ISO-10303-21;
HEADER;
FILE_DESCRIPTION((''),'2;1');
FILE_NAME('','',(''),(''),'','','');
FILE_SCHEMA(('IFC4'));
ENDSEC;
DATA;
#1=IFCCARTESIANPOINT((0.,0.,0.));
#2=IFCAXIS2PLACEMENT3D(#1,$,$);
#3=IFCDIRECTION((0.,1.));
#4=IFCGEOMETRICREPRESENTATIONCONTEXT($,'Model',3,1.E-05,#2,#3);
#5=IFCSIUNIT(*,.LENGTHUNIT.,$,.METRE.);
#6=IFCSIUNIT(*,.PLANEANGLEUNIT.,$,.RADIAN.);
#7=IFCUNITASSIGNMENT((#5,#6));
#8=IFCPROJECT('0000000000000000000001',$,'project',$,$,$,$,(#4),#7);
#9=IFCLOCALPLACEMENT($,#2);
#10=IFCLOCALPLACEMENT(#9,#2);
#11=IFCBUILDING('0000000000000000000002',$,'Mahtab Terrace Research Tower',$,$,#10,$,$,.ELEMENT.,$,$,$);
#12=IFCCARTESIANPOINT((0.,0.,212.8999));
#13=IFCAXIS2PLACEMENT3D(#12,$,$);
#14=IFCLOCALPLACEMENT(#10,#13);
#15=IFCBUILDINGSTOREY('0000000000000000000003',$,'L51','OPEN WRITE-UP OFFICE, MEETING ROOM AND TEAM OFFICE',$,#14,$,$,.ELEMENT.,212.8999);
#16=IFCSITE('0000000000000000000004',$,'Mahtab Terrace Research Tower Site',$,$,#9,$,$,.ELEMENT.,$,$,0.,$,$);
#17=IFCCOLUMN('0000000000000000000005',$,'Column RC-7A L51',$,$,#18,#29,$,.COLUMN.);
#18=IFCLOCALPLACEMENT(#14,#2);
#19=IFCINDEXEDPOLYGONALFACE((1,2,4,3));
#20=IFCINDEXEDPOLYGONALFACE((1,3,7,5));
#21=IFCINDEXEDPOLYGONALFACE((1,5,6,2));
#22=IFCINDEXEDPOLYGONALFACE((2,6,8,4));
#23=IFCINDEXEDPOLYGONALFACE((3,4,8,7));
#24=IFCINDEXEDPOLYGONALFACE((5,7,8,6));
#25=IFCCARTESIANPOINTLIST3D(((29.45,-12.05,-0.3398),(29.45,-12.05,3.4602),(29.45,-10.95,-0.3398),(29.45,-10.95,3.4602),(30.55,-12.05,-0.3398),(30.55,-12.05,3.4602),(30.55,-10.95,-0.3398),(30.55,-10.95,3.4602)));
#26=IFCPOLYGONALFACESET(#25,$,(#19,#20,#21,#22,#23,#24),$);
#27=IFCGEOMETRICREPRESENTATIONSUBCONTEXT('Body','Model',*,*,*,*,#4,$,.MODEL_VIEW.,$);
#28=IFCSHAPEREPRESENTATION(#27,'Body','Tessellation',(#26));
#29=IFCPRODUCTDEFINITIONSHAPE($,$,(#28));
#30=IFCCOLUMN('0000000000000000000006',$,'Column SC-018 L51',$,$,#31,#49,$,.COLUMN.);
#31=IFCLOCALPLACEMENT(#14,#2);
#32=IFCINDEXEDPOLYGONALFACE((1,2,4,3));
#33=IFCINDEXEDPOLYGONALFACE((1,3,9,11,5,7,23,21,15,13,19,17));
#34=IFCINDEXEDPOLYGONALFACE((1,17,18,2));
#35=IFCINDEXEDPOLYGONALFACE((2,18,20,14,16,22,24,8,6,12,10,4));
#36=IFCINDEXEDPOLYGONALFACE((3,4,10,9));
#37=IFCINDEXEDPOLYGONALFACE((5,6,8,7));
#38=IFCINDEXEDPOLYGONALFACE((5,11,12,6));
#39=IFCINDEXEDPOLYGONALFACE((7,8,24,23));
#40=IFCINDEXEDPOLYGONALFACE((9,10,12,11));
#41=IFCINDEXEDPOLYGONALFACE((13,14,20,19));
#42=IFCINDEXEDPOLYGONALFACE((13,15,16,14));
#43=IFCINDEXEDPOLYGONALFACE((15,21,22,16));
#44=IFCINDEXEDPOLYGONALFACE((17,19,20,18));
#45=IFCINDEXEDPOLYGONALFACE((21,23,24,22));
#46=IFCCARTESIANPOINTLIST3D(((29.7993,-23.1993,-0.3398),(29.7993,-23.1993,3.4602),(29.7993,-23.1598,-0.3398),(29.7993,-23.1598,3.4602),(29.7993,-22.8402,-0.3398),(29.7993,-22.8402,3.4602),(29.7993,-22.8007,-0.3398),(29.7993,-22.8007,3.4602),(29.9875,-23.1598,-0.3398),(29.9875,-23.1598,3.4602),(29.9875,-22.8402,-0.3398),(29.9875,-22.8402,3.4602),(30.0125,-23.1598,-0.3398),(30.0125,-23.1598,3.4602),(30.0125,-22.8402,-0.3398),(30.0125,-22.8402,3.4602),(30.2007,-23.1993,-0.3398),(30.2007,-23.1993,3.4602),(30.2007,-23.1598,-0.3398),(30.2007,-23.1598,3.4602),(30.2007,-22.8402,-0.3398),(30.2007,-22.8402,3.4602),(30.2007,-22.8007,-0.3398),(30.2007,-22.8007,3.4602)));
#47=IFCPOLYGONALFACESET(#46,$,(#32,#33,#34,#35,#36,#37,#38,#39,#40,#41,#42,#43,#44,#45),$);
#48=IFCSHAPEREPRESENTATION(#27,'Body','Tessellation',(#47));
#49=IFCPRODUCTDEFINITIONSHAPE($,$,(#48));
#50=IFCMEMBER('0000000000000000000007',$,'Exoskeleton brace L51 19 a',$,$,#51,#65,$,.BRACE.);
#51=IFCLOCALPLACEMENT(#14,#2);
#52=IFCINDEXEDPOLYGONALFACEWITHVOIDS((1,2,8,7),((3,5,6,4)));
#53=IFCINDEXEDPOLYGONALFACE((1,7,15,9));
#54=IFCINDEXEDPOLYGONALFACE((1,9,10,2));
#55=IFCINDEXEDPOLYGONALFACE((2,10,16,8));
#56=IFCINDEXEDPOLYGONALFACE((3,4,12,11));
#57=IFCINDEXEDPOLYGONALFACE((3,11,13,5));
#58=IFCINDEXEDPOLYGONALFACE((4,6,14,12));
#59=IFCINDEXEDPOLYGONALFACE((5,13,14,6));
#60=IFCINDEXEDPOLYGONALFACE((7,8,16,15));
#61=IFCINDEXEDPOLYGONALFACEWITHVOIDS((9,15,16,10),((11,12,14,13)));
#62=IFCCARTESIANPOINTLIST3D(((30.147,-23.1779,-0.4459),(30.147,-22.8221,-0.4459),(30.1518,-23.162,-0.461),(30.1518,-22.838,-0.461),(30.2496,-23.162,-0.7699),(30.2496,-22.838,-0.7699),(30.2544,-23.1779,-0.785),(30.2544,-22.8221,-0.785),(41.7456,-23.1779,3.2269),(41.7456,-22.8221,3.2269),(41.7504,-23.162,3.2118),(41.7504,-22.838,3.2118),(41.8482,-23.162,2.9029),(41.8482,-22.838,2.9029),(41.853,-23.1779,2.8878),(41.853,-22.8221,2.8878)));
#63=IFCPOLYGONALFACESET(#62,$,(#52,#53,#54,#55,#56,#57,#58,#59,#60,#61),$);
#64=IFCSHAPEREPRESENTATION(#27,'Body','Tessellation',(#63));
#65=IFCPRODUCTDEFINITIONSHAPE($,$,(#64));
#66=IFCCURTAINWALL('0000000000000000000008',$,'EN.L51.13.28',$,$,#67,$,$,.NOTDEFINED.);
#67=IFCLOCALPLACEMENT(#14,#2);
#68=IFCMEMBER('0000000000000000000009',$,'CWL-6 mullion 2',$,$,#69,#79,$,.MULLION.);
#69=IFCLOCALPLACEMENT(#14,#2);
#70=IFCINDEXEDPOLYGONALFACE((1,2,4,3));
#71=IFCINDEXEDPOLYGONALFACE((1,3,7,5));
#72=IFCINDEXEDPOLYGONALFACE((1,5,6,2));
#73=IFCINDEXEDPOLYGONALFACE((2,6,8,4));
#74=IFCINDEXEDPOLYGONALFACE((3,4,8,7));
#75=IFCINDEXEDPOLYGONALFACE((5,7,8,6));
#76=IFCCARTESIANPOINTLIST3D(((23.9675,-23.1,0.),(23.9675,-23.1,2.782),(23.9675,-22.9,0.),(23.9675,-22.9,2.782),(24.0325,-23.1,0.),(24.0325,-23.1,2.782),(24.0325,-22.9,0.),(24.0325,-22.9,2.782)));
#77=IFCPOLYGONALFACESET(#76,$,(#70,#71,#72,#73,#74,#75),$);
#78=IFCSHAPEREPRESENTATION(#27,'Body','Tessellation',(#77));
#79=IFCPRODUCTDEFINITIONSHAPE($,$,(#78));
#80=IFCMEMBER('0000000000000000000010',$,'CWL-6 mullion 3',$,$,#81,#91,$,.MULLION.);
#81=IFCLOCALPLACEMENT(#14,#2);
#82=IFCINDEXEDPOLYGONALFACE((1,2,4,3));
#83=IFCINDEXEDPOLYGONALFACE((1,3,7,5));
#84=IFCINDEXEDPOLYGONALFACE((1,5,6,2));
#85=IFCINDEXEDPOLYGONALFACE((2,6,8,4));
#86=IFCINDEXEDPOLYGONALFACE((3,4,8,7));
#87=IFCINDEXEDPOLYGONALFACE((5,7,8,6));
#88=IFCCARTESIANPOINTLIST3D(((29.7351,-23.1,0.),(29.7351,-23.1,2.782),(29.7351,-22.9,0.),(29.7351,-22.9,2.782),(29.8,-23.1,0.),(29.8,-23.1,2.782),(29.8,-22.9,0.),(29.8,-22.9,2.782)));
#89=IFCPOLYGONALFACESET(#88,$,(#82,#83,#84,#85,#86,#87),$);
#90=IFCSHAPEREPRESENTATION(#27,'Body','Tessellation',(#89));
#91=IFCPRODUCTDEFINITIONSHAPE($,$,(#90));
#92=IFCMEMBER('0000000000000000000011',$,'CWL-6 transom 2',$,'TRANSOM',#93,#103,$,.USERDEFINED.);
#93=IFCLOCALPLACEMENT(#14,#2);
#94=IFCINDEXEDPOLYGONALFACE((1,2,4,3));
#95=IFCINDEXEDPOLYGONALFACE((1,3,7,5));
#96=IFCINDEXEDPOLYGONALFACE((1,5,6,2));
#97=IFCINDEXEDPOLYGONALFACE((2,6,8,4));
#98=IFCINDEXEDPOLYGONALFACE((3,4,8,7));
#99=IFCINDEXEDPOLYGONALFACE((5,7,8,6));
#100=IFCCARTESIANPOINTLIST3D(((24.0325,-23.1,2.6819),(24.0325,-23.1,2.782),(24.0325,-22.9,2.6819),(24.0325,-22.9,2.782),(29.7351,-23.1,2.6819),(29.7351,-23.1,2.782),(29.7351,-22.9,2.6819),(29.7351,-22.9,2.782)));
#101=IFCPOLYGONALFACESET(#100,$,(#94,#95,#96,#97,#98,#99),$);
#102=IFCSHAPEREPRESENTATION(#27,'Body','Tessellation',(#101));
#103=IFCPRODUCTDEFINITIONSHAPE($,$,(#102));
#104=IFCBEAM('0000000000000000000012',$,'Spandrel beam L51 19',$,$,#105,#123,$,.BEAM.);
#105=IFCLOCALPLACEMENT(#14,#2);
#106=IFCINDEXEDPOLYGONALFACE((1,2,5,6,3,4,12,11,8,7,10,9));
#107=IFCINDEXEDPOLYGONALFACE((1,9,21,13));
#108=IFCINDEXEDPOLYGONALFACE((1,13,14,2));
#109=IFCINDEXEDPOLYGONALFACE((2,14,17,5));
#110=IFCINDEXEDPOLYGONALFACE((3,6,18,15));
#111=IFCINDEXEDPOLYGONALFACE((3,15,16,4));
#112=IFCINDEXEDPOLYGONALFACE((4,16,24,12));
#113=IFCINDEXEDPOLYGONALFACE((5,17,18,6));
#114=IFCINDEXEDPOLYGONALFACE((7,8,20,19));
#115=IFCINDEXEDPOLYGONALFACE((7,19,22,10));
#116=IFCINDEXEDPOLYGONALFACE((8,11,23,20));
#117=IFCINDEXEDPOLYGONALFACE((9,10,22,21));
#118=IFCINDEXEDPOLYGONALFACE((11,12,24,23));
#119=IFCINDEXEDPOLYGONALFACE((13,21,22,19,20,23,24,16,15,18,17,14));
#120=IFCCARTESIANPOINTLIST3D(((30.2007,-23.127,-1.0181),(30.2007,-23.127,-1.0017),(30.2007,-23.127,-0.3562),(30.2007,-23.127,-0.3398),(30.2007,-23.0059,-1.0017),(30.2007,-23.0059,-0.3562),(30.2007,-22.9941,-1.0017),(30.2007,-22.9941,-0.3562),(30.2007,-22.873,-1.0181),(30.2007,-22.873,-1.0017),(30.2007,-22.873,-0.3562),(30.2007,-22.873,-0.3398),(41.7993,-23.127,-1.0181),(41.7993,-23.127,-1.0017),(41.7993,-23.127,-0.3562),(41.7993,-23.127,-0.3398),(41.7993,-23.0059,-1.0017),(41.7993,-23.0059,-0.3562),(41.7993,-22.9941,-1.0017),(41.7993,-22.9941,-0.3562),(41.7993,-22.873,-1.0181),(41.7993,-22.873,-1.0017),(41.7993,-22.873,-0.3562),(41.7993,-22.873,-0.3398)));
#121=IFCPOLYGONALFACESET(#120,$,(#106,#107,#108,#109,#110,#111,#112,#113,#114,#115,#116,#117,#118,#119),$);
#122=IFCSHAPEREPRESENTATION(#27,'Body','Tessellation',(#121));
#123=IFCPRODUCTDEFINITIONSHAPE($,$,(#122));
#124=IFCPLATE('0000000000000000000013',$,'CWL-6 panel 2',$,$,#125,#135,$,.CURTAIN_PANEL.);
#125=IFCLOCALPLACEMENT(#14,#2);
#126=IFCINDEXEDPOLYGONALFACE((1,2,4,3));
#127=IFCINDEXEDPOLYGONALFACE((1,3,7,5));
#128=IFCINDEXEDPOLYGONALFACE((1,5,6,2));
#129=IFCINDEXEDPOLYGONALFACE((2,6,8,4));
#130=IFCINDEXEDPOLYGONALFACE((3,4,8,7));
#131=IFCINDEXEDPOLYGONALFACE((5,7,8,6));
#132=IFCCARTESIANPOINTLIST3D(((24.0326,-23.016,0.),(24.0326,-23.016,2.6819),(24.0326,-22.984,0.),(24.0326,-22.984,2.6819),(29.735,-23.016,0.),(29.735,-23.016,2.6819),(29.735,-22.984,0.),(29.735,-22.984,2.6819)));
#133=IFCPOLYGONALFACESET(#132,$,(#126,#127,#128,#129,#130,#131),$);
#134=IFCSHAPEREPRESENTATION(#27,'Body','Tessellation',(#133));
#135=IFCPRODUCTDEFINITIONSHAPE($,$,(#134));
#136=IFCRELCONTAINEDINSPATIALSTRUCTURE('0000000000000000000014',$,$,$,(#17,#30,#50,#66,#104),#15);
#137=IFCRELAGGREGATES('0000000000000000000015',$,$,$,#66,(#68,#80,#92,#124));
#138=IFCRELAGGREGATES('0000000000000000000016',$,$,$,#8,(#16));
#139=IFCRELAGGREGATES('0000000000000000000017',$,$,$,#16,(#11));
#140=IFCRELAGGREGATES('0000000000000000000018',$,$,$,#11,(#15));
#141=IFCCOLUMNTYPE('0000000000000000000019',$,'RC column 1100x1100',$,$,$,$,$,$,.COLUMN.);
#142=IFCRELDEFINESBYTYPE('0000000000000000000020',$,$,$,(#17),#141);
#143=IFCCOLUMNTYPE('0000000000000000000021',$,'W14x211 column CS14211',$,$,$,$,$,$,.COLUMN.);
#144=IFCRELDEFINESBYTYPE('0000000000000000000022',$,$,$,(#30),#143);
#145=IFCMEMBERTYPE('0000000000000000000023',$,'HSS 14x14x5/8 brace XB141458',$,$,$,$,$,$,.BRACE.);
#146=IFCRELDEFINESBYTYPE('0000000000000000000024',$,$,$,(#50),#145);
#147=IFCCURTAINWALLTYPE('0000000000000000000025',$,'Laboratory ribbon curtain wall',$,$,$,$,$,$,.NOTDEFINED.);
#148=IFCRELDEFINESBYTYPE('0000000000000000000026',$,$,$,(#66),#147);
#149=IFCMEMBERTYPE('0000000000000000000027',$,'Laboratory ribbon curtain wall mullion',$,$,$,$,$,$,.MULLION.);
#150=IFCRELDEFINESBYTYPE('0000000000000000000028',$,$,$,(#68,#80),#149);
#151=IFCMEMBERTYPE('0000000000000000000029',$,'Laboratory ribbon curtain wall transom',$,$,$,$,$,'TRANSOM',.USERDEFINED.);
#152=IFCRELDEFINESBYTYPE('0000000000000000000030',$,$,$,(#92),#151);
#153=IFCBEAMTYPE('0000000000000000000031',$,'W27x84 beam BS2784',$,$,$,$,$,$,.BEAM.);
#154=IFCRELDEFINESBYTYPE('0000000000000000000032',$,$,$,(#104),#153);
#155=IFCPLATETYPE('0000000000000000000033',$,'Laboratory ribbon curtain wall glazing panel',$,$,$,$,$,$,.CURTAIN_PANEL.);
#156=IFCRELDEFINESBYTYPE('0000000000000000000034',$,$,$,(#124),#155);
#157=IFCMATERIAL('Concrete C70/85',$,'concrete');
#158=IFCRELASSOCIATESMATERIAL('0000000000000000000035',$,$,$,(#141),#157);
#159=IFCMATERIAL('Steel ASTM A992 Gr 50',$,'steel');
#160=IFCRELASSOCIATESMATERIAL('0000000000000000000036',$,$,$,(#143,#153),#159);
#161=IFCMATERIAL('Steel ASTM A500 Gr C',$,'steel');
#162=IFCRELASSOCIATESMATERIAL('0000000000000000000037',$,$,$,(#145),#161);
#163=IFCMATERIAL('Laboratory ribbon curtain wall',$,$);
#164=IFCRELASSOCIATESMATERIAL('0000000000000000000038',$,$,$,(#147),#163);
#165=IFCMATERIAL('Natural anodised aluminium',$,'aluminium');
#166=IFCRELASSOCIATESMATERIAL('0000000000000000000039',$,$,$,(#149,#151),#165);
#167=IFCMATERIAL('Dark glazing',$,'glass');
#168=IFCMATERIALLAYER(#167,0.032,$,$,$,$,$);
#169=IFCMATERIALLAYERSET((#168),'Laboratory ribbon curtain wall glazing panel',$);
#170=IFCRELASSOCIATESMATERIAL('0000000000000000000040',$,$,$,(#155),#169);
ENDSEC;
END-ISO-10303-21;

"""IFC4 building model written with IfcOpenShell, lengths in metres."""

from ifc_helpers import new_model, si_unit, direction, frame, origin, origin_2d, place, context, subcontext, project, spatial, rectangle, hollow_rectangle, i_section, extrude, material, layer, layer_set, material_profile, profile_set, type_object, element, aggregate, save


model = new_model("IFC4")

# Units and contexts
model_context = context("Model", 3, precision=1e-05, world=origin(), true_north=direction((0.0, 1.0)))
body_context = subcontext(model_context, "Body", "Model", "MODEL_VIEW")
ifc_project = project(units=[si_unit("LENGTHUNIT", "METRE"), si_unit("PLANEANGLEUNIT", "RADIAN")], contexts=[model_context])

# Site, building, storey
site_placement = place(None, origin())
site = spatial("IfcSite", under=ifc_project, at=site_placement, Name="Mahtab Terrace Research Tower Site", CompositionType="ELEMENT", RefElevation=0.0)
building_placement = place(site_placement, origin())
building = spatial("IfcBuilding", under=site, at=building_placement, Name="Mahtab Terrace Research Tower", CompositionType="ELEMENT")
storey_placement = place(building_placement, frame((0.0, 0.0, 212.8999)))
storey = spatial("IfcBuildingStorey", under=building, at=storey_placement, Name="L51", Description="OPEN WRITE-UP OFFICE, MEETING ROOM AND TEAM OFFICE", CompositionType="ELEMENT", Elevation=212.8999)

# Columns
ifc_material_1 = material(Name="Concrete C70/85", Category="concrete")
ifc_material_profile_1 = material_profile(ifc_material_1, rectangle(XDim=1.1001, YDim=1.1001, at=origin_2d()), Name="RC column 1100x1100")
ifc_profile_set_1 = profile_set([ifc_material_profile_1], Name="Concrete C70/85")
column_type_1 = type_object("IfcColumnType", Name="RC column 1100x1100", PredefinedType="COLUMN", material=ifc_profile_set_1)
column_1_placement = place(storey_placement, frame((30.0, -11.5, -0.3398), z_axis=(0.0, 0.0, 1.0), x_axis=(1.0, 0.0, 0.0)))
element("IfcColumn", 1, at=column_1_placement, inside=storey, type_object=column_type_1, Name="Column RC-7A L51", PredefinedType="COLUMN", context=body_context, shape_type="SweptSolid", body=[
    extrude(rectangle(XDim=1.1001, YDim=1.1001, at=origin_2d()), origin(), (0.0, 0.0, 1.0), 3.8),
])
ifc_material_2 = material(Name="Steel ASTM A992 Gr 50", Category="steel")
ifc_material_profile_2 = material_profile(ifc_material_2, i_section(OverallWidth=0.4014, OverallDepth=0.3987, WebThickness=0.0249, FlangeThickness=0.0396, at=origin_2d()), Name="W14X211")
ifc_profile_set_2 = profile_set([ifc_material_profile_2], Name="Steel ASTM A992 Gr 50")
column_type_2 = type_object("IfcColumnType", Name="W14x211 column CS14211", PredefinedType="COLUMN", material=ifc_profile_set_2)
column_2_placement = place(storey_placement, frame((30.0, -23.0, -0.3398), z_axis=(0.0, 0.0, 1.0), x_axis=(1.0, 0.0, 0.0)))
element("IfcColumn", 2, at=column_2_placement, inside=storey, type_object=column_type_2, Name="Column SC-018 L51", PredefinedType="COLUMN", context=body_context, shape_type="SweptSolid", body=[
    extrude(i_section(OverallWidth=0.4014, OverallDepth=0.3987, WebThickness=0.0249, FlangeThickness=0.0396, at=origin_2d()), origin(), (0.0, 0.0, 1.0), 3.8),
])

# Member
ifc_material_3 = material(Name="Steel ASTM A500 Gr C", Category="steel")
ifc_material_profile_3 = material_profile(ifc_material_3, hollow_rectangle(XDim=0.3557, YDim=0.3557, WallThickness=0.0159, at=origin_2d()), Name="HSS14X14X5/8")
ifc_profile_set_3 = profile_set([ifc_material_profile_3], Name="Steel ASTM A500 Gr C")
member_type_1 = type_object("IfcMemberType", Name="HSS 14x14x5/8 brace XB141458", PredefinedType="BRACE", material=ifc_profile_set_3)
member_1_placement = place(storey_placement, frame((30.2007, -23.0, -0.6155), z_axis=(0.953343, 0.0, 0.301888), x_axis=(0.0, 1.0, 0.0)))
element("IfcMember", 3, at=member_1_placement, inside=storey, type_object=member_type_1, Name="Exoskeleton brace L51 19 a", PredefinedType="BRACE", context=body_context, shape_type="SweptSolid", body=[
    extrude(hollow_rectangle(XDim=0.3557, YDim=0.3557, WallThickness=0.0159, at=origin_2d()), origin(), (0.0, 0.0, 1.0), 12.1663),
])

# Curtain wall, members
ifc_material_4 = material(Name="Laboratory ribbon curtain wall")
curtain_wall_type = type_object("IfcCurtainWallType", Name="Laboratory ribbon curtain wall", PredefinedType="NOTDEFINED", material=ifc_material_4)
curtain_wall_placement = place(storey_placement, origin())
curtain_wall = element("IfcCurtainWall", 4, at=curtain_wall_placement, inside=storey, type_object=curtain_wall_type, Name="EN.L51.13.28", PredefinedType="NOTDEFINED")
ifc_material_5 = material(Name="Natural anodised aluminium", Category="aluminium")
ifc_material_profile_4 = material_profile(ifc_material_5, rectangle(XDim=0.2, YDim=0.0649, at=origin_2d()), Name="MULLION 65x200")
ifc_profile_set_4 = profile_set([ifc_material_profile_4], Name="Natural anodised aluminium")
member_type_2 = type_object("IfcMemberType", Name="Laboratory ribbon curtain wall mullion", PredefinedType="MULLION", material=ifc_profile_set_4)
member_2_placement = place(storey_placement, frame((24.0, -23.0, 0.0), z_axis=(0.0, 0.0, 1.0), x_axis=(0.0, 1.0, 0.0)))
member_2 = element("IfcMember", 5, at=member_2_placement, type_object=member_type_2, Name="CWL-6 mullion 2", PredefinedType="MULLION", context=body_context, shape_type="SweptSolid", body=[
    extrude(rectangle(XDim=0.2, YDim=0.0649, at=origin_2d()), origin(), (0.0, 0.0, 1.0), 2.782),
])
member_3_placement = place(storey_placement, frame((29.7676, -23.0, 0.0), z_axis=(0.0, 0.0, 1.0), x_axis=(0.0, 1.0, 0.0)))
member_3 = element("IfcMember", 6, at=member_3_placement, type_object=member_type_2, Name="CWL-6 mullion 3", PredefinedType="MULLION", context=body_context, shape_type="SweptSolid", body=[
    extrude(rectangle(XDim=0.2, YDim=0.0649, at=origin_2d()), origin(), (0.0, 0.0, 1.0), 2.782),
])
ifc_material_profile_5 = material_profile(ifc_material_5, rectangle(XDim=0.2, YDim=0.1001, at=origin_2d()), Name="TRANSOM 100x200")
ifc_profile_set_5 = profile_set([ifc_material_profile_5], Name="Natural anodised aluminium")
member_type_3 = type_object("IfcMemberType", Name="Laboratory ribbon curtain wall transom", ElementType="TRANSOM", PredefinedType="USERDEFINED", material=ifc_profile_set_5)
member_4_placement = place(storey_placement, frame((24.0325, -23.0, 2.7319), z_axis=(1.0, 0.0, 0.0), x_axis=(0.0, 1.0, 0.0)))
member_4 = element("IfcMember", 7, at=member_4_placement, type_object=member_type_3, Name="CWL-6 transom 2", ObjectType="TRANSOM", PredefinedType="USERDEFINED", context=body_context, shape_type="SweptSolid", body=[
    extrude(rectangle(XDim=0.2, YDim=0.1001, at=origin_2d()), origin(), (0.0, 0.0, 1.0), 5.7026),
])

# Beam
ifc_material_profile_6 = material_profile(ifc_material_2, i_section(OverallWidth=0.2539, OverallDepth=0.6782, WebThickness=0.0117, FlangeThickness=0.0164, at=origin_2d()), Name="W27X84")
ifc_profile_set_6 = profile_set([ifc_material_profile_6], Name="Steel ASTM A992 Gr 50")
beam_type = type_object("IfcBeamType", Name="W27x84 beam BS2784", PredefinedType="BEAM", material=ifc_profile_set_6)
beam_placement = place(storey_placement, frame((30.2007, -23.0, -0.679), z_axis=(1.0, 0.0, 0.0), x_axis=(0.0, 1.0, 0.0)))
element("IfcBeam", 8, at=beam_placement, inside=storey, type_object=beam_type, Name="Spandrel beam L51 19", PredefinedType="BEAM", context=body_context, shape_type="SweptSolid", body=[
    extrude(i_section(OverallWidth=0.2539, OverallDepth=0.6782, WebThickness=0.0117, FlangeThickness=0.0164, at=origin_2d()), origin(), (0.0, 0.0, 1.0), 11.5986),
])

# Plate
ifc_material_6 = material(Name="Dark glazing", Category="glass")
ifc_layer_1 = layer(ifc_material_6, 0.032)
ifc_layer_set_1 = layer_set([ifc_layer_1], Name="Laboratory ribbon curtain wall glazing panel")
plate_type = type_object("IfcPlateType", Name="Laboratory ribbon curtain wall glazing panel", PredefinedType="CURTAIN_PANEL", material=ifc_layer_set_1)
plate_placement = place(storey_placement, frame((26.8838, -23.0, 0.0), z_axis=(0.0, 0.0, 1.0), x_axis=(1.0, 0.0, 0.0)))
plate = element("IfcPlate", 9, at=plate_placement, type_object=plate_type, Name="CWL-6 panel 2", PredefinedType="CURTAIN_PANEL", context=body_context, shape_type="SweptSolid", body=[
    extrude(rectangle(XDim=5.7024, YDim=0.032, at=origin_2d()), origin(), (0.0, 0.0, 1.0), 2.6819),
])
aggregate(curtain_wall, [member_2, member_3, member_4, plate])

save(model, "model.ifc")
